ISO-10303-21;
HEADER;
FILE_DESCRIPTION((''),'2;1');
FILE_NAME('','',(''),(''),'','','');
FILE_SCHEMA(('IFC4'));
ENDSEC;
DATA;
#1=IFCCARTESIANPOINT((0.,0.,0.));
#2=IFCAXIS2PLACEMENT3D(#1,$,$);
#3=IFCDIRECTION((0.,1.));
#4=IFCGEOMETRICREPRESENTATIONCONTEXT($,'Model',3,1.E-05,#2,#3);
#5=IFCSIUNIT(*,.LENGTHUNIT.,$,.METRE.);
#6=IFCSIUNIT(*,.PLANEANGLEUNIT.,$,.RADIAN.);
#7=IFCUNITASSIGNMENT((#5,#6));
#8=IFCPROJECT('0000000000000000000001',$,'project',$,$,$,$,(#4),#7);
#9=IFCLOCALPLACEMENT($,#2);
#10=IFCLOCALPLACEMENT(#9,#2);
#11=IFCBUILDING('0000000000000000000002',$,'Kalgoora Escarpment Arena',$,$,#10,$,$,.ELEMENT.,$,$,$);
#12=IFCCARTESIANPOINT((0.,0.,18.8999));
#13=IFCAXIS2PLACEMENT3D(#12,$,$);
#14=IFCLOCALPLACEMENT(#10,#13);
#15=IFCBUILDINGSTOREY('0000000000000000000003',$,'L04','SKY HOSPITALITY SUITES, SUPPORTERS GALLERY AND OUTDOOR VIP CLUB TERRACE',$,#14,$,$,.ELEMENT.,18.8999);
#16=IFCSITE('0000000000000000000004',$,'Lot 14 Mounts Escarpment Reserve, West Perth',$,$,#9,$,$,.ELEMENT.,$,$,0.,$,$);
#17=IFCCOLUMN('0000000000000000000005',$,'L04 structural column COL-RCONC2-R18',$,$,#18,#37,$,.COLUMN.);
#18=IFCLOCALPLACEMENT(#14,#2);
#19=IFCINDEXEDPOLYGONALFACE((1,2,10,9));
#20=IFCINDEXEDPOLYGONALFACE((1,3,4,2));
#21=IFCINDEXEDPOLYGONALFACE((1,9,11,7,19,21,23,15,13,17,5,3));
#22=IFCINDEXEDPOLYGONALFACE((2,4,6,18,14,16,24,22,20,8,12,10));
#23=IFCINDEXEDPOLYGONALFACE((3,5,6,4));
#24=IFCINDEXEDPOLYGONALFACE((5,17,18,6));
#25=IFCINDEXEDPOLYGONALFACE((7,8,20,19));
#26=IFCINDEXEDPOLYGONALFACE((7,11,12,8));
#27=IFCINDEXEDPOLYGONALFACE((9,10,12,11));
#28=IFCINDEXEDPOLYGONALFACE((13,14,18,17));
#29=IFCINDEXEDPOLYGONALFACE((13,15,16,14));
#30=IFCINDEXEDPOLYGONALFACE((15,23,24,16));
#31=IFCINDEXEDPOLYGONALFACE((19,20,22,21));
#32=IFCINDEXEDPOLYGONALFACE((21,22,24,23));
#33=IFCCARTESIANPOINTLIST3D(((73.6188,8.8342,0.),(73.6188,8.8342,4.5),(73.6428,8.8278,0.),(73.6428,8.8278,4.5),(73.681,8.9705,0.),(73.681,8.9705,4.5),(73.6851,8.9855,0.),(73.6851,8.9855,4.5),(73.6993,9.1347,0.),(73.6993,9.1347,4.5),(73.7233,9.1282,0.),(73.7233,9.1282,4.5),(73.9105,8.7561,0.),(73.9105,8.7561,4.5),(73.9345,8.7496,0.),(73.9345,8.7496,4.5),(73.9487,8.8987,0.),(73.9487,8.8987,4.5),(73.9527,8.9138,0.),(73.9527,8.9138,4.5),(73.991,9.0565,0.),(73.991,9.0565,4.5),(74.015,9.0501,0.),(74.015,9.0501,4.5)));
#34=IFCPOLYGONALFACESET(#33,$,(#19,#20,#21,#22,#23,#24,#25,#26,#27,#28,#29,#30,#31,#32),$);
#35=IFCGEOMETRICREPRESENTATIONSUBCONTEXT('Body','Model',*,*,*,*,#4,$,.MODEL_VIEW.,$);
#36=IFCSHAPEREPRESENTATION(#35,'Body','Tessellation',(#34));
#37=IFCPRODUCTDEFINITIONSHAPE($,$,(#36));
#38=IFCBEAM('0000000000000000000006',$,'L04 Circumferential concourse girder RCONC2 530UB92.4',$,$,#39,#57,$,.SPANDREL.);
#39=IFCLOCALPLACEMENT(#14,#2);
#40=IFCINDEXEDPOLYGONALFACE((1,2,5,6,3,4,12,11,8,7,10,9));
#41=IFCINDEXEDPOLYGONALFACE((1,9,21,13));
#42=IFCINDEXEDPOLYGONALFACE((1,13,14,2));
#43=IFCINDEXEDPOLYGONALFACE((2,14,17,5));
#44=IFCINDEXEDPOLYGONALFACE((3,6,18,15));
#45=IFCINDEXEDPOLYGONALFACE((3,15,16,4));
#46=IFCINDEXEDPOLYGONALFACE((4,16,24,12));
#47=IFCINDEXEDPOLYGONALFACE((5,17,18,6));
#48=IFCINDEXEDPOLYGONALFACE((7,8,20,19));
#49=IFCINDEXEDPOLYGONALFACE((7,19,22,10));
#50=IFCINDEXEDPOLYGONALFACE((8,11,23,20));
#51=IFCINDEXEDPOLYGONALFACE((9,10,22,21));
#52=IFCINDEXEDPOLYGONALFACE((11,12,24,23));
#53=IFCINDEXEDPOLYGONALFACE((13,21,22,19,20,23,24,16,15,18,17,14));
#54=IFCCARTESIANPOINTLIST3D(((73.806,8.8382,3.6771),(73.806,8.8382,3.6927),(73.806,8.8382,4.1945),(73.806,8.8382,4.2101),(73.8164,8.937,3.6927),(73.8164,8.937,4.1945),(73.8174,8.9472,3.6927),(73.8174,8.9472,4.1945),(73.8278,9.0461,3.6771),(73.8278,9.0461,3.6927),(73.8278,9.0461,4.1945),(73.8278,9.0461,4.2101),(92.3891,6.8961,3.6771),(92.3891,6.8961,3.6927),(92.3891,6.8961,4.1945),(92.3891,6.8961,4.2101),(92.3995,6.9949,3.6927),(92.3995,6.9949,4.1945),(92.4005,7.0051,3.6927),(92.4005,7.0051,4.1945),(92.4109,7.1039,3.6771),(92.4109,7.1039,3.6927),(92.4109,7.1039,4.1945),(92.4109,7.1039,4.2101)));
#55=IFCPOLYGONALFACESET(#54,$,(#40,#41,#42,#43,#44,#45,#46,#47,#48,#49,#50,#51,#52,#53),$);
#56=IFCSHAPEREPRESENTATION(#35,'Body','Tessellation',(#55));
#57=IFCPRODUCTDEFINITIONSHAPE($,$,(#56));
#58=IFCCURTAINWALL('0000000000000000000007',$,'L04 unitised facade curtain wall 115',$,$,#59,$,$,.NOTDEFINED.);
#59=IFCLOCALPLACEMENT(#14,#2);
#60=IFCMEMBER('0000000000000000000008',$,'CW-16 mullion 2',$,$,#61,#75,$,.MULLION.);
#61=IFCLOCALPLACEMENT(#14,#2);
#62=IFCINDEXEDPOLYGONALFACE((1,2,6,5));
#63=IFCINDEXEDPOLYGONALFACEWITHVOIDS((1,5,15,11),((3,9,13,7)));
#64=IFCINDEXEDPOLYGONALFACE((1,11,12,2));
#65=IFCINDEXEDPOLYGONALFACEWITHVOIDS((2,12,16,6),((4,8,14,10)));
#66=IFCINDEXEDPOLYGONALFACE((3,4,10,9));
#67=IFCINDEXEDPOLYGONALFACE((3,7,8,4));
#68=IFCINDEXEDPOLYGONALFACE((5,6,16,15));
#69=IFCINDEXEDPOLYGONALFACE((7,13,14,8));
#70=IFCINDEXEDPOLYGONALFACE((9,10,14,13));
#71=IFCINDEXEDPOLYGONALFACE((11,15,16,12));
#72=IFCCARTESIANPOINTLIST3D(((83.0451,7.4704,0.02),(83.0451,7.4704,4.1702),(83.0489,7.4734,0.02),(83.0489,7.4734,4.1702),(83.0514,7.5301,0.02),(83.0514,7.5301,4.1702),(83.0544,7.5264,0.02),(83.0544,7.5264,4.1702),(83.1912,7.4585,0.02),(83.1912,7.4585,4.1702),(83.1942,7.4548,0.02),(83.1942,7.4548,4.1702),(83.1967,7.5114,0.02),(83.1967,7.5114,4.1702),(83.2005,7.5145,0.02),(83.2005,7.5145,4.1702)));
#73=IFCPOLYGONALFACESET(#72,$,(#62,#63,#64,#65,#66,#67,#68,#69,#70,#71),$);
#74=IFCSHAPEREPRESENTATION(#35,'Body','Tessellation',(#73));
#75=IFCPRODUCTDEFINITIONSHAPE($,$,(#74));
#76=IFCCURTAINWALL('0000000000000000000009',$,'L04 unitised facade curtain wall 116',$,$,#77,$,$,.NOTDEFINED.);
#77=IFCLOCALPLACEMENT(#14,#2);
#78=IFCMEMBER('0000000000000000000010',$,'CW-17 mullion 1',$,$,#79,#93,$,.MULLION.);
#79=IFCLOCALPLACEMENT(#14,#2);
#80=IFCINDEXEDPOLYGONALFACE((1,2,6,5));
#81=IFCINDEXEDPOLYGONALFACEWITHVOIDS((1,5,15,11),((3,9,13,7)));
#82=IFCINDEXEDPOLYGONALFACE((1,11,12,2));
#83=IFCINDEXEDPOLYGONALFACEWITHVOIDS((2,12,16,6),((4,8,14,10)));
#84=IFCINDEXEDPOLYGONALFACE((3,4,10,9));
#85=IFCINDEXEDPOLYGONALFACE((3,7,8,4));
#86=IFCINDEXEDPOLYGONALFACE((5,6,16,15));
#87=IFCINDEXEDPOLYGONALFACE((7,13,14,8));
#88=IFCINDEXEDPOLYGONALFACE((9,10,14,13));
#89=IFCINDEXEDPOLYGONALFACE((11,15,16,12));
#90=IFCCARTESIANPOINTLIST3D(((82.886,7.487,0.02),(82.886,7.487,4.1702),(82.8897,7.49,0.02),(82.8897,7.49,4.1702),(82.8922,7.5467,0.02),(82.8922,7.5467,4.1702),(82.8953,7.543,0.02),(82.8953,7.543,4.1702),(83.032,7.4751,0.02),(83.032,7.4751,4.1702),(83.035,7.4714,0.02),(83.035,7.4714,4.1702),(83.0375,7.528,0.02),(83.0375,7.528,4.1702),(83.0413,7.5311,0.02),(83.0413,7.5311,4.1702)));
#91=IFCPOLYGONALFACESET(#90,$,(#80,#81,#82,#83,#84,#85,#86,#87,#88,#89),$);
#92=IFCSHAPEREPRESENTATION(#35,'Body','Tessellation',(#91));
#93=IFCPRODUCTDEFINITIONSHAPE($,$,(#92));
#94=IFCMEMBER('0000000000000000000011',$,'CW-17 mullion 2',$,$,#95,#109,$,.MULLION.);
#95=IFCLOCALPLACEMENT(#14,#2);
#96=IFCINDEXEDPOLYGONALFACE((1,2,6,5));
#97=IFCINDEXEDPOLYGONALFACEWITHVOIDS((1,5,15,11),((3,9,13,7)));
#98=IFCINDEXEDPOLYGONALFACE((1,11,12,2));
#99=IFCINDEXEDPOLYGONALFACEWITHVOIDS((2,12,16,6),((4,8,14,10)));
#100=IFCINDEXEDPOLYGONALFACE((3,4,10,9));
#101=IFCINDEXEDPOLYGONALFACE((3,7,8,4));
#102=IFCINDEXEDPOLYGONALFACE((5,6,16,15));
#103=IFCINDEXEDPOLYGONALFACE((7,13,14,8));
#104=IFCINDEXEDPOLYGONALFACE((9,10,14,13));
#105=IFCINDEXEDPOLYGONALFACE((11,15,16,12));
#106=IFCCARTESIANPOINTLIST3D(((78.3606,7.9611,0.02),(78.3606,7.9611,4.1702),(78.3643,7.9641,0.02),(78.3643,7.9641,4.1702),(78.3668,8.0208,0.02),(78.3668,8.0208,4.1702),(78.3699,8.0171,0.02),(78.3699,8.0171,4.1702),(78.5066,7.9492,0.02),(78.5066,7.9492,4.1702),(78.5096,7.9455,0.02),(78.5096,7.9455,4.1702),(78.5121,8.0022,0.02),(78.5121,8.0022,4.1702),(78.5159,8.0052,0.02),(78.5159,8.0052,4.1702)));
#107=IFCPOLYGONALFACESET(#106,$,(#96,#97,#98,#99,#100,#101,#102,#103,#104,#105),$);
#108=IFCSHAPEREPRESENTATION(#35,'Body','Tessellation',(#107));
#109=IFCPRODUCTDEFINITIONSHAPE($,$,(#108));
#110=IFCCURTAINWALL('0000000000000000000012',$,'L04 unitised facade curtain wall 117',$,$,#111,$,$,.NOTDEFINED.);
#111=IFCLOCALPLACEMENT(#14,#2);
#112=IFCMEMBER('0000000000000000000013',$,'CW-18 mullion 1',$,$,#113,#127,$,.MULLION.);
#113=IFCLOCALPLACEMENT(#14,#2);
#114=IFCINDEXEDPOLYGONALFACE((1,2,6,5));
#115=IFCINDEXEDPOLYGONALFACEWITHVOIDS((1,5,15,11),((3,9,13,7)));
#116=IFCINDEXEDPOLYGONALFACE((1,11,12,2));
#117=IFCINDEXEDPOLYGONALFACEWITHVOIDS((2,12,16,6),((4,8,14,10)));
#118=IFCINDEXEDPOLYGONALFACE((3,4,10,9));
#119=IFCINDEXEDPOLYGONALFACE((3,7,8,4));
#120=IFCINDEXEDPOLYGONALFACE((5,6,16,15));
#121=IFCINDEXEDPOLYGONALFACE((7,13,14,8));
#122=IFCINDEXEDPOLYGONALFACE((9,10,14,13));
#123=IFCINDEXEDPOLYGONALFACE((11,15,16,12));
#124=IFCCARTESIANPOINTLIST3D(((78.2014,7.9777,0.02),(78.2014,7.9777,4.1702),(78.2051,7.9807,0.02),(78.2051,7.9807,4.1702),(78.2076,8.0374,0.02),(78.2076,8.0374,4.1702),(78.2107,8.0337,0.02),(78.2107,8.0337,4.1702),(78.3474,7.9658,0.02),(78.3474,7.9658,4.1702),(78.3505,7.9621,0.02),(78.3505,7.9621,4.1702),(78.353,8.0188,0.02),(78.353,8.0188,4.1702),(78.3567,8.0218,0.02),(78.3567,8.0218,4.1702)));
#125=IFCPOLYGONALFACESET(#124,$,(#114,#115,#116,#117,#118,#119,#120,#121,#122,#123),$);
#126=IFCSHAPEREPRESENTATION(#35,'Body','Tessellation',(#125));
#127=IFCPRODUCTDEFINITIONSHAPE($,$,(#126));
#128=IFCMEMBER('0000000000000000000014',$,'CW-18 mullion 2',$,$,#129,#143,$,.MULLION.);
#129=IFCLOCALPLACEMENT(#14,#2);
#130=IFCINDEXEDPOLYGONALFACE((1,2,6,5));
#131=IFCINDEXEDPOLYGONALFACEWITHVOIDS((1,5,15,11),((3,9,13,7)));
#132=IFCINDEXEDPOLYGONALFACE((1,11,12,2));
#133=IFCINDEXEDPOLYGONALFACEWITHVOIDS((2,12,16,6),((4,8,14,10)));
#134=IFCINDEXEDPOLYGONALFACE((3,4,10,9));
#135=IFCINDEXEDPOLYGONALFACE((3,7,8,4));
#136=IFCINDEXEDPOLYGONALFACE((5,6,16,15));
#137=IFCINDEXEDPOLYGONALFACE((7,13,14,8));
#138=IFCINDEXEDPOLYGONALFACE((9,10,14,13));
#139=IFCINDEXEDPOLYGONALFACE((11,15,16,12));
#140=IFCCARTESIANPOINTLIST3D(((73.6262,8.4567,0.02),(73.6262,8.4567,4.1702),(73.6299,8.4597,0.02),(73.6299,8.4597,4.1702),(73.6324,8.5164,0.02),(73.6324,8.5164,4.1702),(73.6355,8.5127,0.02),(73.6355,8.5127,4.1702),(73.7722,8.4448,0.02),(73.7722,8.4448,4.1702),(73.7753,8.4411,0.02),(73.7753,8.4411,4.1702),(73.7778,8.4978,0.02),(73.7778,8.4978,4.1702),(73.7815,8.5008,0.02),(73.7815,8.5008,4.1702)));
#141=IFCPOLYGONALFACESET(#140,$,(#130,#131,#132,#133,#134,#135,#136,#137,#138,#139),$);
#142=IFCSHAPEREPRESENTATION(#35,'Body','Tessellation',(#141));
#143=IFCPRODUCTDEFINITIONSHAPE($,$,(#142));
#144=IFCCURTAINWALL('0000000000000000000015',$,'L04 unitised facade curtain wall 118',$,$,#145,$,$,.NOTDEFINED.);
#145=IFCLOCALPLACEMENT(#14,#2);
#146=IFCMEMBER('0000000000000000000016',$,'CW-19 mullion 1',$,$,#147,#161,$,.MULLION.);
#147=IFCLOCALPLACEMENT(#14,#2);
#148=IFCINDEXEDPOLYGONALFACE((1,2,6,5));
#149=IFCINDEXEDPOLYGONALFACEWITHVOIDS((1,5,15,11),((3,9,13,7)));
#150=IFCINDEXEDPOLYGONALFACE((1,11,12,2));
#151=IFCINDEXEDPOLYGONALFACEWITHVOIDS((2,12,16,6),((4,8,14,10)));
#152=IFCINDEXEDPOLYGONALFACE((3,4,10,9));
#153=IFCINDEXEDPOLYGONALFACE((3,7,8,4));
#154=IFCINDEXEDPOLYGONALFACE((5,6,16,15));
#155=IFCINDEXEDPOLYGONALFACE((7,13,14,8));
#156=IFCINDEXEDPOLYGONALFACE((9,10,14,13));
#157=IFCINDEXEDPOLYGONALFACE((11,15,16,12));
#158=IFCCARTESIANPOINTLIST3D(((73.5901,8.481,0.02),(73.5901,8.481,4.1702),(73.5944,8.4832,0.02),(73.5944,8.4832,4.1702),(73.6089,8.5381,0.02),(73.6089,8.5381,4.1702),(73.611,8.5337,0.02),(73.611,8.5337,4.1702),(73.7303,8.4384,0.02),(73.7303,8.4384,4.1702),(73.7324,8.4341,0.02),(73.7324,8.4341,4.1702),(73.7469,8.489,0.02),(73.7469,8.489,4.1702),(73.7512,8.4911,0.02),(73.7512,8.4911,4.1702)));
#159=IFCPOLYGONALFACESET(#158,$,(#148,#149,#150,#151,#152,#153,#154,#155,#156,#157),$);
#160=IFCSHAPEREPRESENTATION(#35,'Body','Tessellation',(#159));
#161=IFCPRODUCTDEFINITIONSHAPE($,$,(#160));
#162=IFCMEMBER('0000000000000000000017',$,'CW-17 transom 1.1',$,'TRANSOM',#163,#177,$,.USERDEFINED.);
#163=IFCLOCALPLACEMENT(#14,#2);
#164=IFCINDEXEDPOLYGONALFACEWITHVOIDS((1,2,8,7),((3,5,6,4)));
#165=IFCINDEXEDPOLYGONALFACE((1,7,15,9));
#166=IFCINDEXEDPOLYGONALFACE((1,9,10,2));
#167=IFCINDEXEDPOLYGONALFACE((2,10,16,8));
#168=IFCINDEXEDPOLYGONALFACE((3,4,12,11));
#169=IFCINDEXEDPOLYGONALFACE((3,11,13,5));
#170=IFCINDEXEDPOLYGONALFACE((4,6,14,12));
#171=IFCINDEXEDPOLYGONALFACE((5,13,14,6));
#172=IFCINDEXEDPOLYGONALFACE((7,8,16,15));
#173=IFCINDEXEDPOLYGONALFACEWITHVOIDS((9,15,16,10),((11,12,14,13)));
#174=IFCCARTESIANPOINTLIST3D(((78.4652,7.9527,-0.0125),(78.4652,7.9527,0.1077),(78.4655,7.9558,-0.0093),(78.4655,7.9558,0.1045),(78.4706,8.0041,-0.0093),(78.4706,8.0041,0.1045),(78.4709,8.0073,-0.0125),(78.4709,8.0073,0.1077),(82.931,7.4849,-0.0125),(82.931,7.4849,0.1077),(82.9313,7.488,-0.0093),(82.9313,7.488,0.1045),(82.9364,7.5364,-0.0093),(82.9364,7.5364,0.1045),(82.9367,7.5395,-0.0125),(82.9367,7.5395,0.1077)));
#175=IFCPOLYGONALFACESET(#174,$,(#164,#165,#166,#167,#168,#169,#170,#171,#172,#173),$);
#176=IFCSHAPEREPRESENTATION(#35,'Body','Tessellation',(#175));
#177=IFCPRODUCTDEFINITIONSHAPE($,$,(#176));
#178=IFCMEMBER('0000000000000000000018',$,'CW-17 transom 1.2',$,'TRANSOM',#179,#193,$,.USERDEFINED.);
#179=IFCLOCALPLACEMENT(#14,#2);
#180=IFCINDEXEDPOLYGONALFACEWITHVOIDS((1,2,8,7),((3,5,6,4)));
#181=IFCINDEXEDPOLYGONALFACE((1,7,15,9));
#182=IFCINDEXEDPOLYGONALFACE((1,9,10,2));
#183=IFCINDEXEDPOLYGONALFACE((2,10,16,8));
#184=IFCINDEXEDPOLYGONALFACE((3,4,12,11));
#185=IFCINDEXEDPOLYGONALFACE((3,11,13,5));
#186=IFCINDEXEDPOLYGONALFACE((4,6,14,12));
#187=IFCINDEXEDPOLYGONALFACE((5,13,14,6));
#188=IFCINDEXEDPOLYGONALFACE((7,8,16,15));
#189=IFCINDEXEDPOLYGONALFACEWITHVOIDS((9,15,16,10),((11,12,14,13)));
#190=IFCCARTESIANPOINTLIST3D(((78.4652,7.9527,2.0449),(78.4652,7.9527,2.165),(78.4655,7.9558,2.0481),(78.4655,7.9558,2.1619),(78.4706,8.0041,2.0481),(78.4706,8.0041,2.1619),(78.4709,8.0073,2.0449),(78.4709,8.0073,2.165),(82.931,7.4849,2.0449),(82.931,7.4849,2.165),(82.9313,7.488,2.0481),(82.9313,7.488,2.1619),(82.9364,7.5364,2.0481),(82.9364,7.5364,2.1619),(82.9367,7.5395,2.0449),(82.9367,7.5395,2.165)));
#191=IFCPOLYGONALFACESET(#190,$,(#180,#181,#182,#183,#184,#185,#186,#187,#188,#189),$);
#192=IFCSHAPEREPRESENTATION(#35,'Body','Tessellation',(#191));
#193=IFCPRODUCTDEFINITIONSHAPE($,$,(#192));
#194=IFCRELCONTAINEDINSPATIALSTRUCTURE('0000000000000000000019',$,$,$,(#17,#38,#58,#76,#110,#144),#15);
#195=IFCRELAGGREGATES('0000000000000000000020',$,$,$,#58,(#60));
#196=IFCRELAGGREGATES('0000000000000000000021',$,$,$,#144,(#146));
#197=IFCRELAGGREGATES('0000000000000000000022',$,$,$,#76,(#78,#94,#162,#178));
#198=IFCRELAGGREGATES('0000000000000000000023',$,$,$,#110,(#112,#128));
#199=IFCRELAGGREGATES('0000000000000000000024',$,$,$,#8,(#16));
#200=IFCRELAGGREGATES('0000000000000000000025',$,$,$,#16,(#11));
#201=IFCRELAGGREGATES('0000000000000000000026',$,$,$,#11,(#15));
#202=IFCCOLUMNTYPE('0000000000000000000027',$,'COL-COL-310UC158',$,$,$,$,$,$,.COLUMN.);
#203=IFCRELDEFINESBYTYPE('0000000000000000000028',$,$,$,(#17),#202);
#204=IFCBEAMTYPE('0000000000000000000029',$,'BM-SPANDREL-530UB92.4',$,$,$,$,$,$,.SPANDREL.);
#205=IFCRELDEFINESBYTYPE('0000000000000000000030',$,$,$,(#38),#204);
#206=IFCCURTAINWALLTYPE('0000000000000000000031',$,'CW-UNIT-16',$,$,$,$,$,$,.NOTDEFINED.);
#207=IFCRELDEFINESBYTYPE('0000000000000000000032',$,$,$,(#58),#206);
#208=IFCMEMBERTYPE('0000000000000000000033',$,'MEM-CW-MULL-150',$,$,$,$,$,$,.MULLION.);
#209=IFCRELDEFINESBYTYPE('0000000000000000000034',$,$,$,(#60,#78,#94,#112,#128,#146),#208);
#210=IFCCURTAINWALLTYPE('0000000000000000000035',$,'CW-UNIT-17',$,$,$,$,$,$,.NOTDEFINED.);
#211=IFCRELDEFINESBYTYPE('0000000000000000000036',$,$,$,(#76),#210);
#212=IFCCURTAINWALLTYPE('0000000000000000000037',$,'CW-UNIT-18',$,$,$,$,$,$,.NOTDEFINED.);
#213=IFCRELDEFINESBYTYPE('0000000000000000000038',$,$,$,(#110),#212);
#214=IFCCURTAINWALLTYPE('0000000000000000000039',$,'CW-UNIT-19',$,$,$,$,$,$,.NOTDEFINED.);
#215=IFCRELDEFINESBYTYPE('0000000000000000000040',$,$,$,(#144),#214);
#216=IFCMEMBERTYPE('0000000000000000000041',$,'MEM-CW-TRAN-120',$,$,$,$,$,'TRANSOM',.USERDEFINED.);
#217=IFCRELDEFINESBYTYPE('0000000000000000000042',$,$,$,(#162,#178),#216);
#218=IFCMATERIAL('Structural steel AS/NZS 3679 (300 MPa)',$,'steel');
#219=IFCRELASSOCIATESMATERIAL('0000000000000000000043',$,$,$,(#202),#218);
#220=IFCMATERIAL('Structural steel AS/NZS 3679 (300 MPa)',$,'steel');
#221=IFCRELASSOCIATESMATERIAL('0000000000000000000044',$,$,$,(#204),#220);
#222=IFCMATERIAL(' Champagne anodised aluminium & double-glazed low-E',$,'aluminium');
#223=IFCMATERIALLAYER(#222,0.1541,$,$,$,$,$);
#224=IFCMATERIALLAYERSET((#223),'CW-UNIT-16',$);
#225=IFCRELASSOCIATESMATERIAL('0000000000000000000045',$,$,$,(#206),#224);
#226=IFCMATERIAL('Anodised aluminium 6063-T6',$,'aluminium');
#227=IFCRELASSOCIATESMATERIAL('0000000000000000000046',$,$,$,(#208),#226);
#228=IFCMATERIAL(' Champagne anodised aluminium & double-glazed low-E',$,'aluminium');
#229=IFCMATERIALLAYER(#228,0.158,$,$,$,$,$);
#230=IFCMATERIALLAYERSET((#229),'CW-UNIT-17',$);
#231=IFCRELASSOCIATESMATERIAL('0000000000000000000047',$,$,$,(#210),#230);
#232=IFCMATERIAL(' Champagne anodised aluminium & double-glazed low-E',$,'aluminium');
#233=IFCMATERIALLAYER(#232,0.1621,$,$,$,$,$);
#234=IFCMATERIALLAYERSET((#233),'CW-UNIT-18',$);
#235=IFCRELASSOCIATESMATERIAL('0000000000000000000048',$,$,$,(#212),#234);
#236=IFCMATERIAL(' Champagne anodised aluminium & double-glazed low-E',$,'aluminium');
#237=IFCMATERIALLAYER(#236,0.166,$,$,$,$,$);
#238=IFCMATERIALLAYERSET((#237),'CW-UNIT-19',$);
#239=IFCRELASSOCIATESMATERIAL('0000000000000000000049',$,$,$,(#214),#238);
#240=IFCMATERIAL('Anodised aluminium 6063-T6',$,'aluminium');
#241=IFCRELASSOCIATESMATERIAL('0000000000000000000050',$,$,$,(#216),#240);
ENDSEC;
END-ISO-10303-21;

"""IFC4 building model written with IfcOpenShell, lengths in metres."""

from ifc_helpers import new_model, si_unit, direction, frame, origin, origin_2d, place, context, subcontext, project, spatial, hollow_rectangle, i_section, extrude, material, layer, layer_set, material_profile, profile_set, type_object, element, aggregate, save


model = new_model("IFC4")

# Units and contexts
model_context = context("Model", 3, precision=1e-05, world=origin(), true_north=direction((0.0, 1.0)))
body_context = subcontext(model_context, "Body", "Model", "MODEL_VIEW")
ifc_project = project(units=[si_unit("LENGTHUNIT", "METRE"), si_unit("PLANEANGLEUNIT", "RADIAN")], contexts=[model_context])

# Site, building, storey
site_placement = place(None, origin())
site = spatial("IfcSite", under=ifc_project, at=site_placement, Name="Lot 14 Mounts Escarpment Reserve, West Perth", CompositionType="ELEMENT", RefElevation=0.0)
building_placement = place(site_placement, origin())
building = spatial("IfcBuilding", under=site, at=building_placement, Name="Kalgoora Escarpment Arena", CompositionType="ELEMENT")
storey_placement = place(building_placement, frame((0.0, 0.0, 18.8999)))
storey = spatial("IfcBuildingStorey", under=building, at=storey_placement, Name="L04", Description="SKY HOSPITALITY SUITES, SUPPORTERS GALLERY AND OUTDOOR VIP CLUB TERRACE", CompositionType="ELEMENT", Elevation=18.8999)

# Column
ifc_material_1 = material(Name="Structural steel AS/NZS 3679 (300 MPa)", Category="steel")
ifc_material_profile_1 = material_profile(ifc_material_1, i_section(OverallWidth=0.311, OverallDepth=0.3269, WebThickness=0.0156, FlangeThickness=0.0249, at=origin_2d()))
ifc_profile_set_1 = profile_set([ifc_material_profile_1], Name="Structural steel AS/NZS 3679 (300 MPa)")
column_type = type_object("IfcColumnType", Name="COL-COL-310UC158", PredefinedType="COLUMN", material=ifc_profile_set_1)
column_placement = place(storey_placement, frame((73.8169, 8.9421, 0.0), z_axis=(0.0, 0.0, 1.0), x_axis=(-0.258819, -0.965926, 0.0)))
element("IfcColumn", 1, at=column_placement, inside=storey, type_object=column_type, Name="L04 structural column COL-RCONC2-R18", PredefinedType="COLUMN", context=body_context, shape_type="SweptSolid", body=[
    extrude(i_section(OverallWidth=0.311, OverallDepth=0.3269, WebThickness=0.0156, FlangeThickness=0.0249, at=origin_2d()), origin(), (0.0, 0.0, 1.0), 4.5),
])

# Beam
ifc_material_2 = material(Name="Structural steel AS/NZS 3679 (300 MPa)", Category="steel")
ifc_material_profile_2 = material_profile(ifc_material_2, i_section(OverallWidth=0.209, OverallDepth=0.533, WebThickness=0.0103, FlangeThickness=0.0156, at=origin_2d()))
ifc_profile_set_2 = profile_set([ifc_material_profile_2], Name="Structural steel AS/NZS 3679 (300 MPa)")
beam_type = type_object("IfcBeamType", Name="BM-SPANDREL-530UB92.4", PredefinedType="SPANDREL", material=ifc_profile_set_2)
beam_placement = place(storey_placement, frame((73.8169, 8.9421, 3.9436), z_axis=(0.994583, -0.103945, 0.0), x_axis=(0.103945, 0.994583, 0.0)))
element("IfcBeam", 2, at=beam_placement, inside=storey, type_object=beam_type, Name="L04 Circumferential concourse girder RCONC2 530UB92.4", PredefinedType="SPANDREL", context=body_context, shape_type="SweptSolid", body=[
    extrude(i_section(OverallWidth=0.209, OverallDepth=0.533, WebThickness=0.0103, FlangeThickness=0.0156, at=origin_2d()), origin(), (0.0, 0.0, 1.0), 18.6843),
])

# Curtain wall, member
ifc_material_3 = material(Name=" Champagne anodised aluminium & double-glazed low-E", Category="aluminium")
ifc_layer_1 = layer(ifc_material_3, 0.1541)
ifc_layer_set_1 = layer_set([ifc_layer_1], Name="CW-UNIT-16")
curtain_wall_type_1 = type_object("IfcCurtainWallType", Name="CW-UNIT-16", PredefinedType="NOTDEFINED", material=ifc_layer_set_1)
curtain_wall_1_placement = place(storey_placement, origin())
curtain_wall_1 = element("IfcCurtainWall", 3, at=curtain_wall_1_placement, inside=storey, type_object=curtain_wall_type_1, Name="L04 unitised facade curtain wall 115", PredefinedType="NOTDEFINED")
ifc_material_4 = material(Name="Anodised aluminium 6063-T6", Category="aluminium")
ifc_material_profile_3 = material_profile(ifc_material_4, hollow_rectangle(XDim=0.0601, YDim=0.1499, WallThickness=0.0034, at=origin_2d()))
ifc_profile_set_3 = profile_set([ifc_material_profile_3], Name="Anodised aluminium 6063-T6")
member_type_1 = type_object("IfcMemberType", Name="MEM-CW-MULL-150", PredefinedType="MULLION", material=ifc_profile_set_3)
member_1_placement = place(storey_placement, frame((83.1228, 7.4924, 0.02), z_axis=(0.0, 0.0, 1.0), x_axis=(-0.104182, -0.994558, 0.0)))
member_1 = element("IfcMember", 4, at=member_1_placement, type_object=member_type_1, Name="CW-16 mullion 2", PredefinedType="MULLION", context=body_context, shape_type="SweptSolid", body=[
    extrude(hollow_rectangle(XDim=0.0601, YDim=0.1499, WallThickness=0.0034, at=origin_2d()), origin(), (0.0, 0.0, 1.0), 4.1501),
])
aggregate(curtain_wall_1, [member_1])

# Curtain walls, members
ifc_material_5 = material(Name=" Champagne anodised aluminium & double-glazed low-E", Category="aluminium")
ifc_layer_2 = layer(ifc_material_5, 0.158)
ifc_layer_set_2 = layer_set([ifc_layer_2], Name="CW-UNIT-17")
curtain_wall_type_2 = type_object("IfcCurtainWallType", Name="CW-UNIT-17", PredefinedType="NOTDEFINED", material=ifc_layer_set_2)
curtain_wall_2_placement = place(storey_placement, origin())
curtain_wall_2 = element("IfcCurtainWall", 5, at=curtain_wall_2_placement, inside=storey, type_object=curtain_wall_type_2, Name="L04 unitised facade curtain wall 116", PredefinedType="NOTDEFINED")
member_2_placement = place(storey_placement, frame((82.9636, 7.509, 0.02), z_axis=(0.0, 0.0, 1.0), x_axis=(-0.104182, -0.994558, 0.0)))
member_2 = element("IfcMember", 6, at=member_2_placement, type_object=member_type_1, Name="CW-17 mullion 1", PredefinedType="MULLION", context=body_context, shape_type="SweptSolid", body=[
    extrude(hollow_rectangle(XDim=0.0601, YDim=0.1499, WallThickness=0.0034, at=origin_2d()), origin(), (0.0, 0.0, 1.0), 4.1501),
])
member_3_placement = place(storey_placement, frame((78.4382, 7.9832, 0.02), z_axis=(0.0, 0.0, 1.0), x_axis=(-0.104182, -0.994558, 0.0)))
member_3 = element("IfcMember", 7, at=member_3_placement, type_object=member_type_1, Name="CW-17 mullion 2", PredefinedType="MULLION", context=body_context, shape_type="SweptSolid", body=[
    extrude(hollow_rectangle(XDim=0.0601, YDim=0.1499, WallThickness=0.0034, at=origin_2d()), origin(), (0.0, 0.0, 1.0), 4.1501),
])
ifc_material_6 = material(Name=" Champagne anodised aluminium & double-glazed low-E", Category="aluminium")
ifc_layer_3 = layer(ifc_material_6, 0.1621)
ifc_layer_set_3 = layer_set([ifc_layer_3], Name="CW-UNIT-18")
curtain_wall_type_3 = type_object("IfcCurtainWallType", Name="CW-UNIT-18", PredefinedType="NOTDEFINED", material=ifc_layer_set_3)
curtain_wall_3_placement = place(storey_placement, origin())
curtain_wall_3 = element("IfcCurtainWall", 8, at=curtain_wall_3_placement, inside=storey, type_object=curtain_wall_type_3, Name="L04 unitised facade curtain wall 117", PredefinedType="NOTDEFINED")
member_4_placement = place(storey_placement, frame((78.2791, 7.9998, 0.02), z_axis=(0.0, 0.0, 1.0), x_axis=(-0.104158, -0.994561, 0.0)))
member_4 = element("IfcMember", 9, at=member_4_placement, type_object=member_type_1, Name="CW-18 mullion 1", PredefinedType="MULLION", context=body_context, shape_type="SweptSolid", body=[
    extrude(hollow_rectangle(XDim=0.0601, YDim=0.1499, WallThickness=0.0034, at=origin_2d()), origin(), (0.0, 0.0, 1.0), 4.1501),
])
member_5_placement = place(storey_placement, frame((73.7039, 8.4788, 0.02), z_axis=(0.0, 0.0, 1.0), x_axis=(-0.104158, -0.994561, 0.0)))
member_5 = element("IfcMember", 10, at=member_5_placement, type_object=member_type_1, Name="CW-18 mullion 2", PredefinedType="MULLION", context=body_context, shape_type="SweptSolid", body=[
    extrude(hollow_rectangle(XDim=0.0601, YDim=0.1499, WallThickness=0.0034, at=origin_2d()), origin(), (0.0, 0.0, 1.0), 4.1501),
])

# Curtain wall, member
ifc_material_7 = material(Name=" Champagne anodised aluminium & double-glazed low-E", Category="aluminium")
ifc_layer_4 = layer(ifc_material_7, 0.166)
ifc_layer_set_4 = layer_set([ifc_layer_4], Name="CW-UNIT-19")
curtain_wall_type_4 = type_object("IfcCurtainWallType", Name="CW-UNIT-19", PredefinedType="NOTDEFINED", material=ifc_layer_set_4)
curtain_wall_4_placement = place(storey_placement, origin())
curtain_wall_4 = element("IfcCurtainWall", 11, at=curtain_wall_4_placement, inside=storey, type_object=curtain_wall_type_4, Name="L04 unitised facade curtain wall 118", PredefinedType="NOTDEFINED")
member_6_placement = place(storey_placement, frame((73.6707, 8.4861, 0.02), z_axis=(0.0, 0.0, 1.0), x_axis=(-0.312979, -0.94976, 0.0)))
member_6 = element("IfcMember", 12, at=member_6_placement, type_object=member_type_1, Name="CW-19 mullion 1", PredefinedType="MULLION", context=body_context, shape_type="SweptSolid", body=[
    extrude(hollow_rectangle(XDim=0.0601, YDim=0.1499, WallThickness=0.0034, at=origin_2d()), origin(), (0.0, 0.0, 1.0), 4.1501),
])

# Members
ifc_material_8 = material(Name="Anodised aluminium 6063-T6", Category="aluminium")
ifc_material_profile_4 = material_profile(ifc_material_8, hollow_rectangle(XDim=0.0549, YDim=0.1201, WallThickness=0.0032, at=origin_2d()))
ifc_profile_set_4 = profile_set([ifc_material_profile_4], Name="Anodised aluminium 6063-T6")
member_type_2 = type_object("IfcMemberType", Name="MEM-CW-TRAN-120", ElementType="TRANSOM", PredefinedType="USERDEFINED", material=ifc_profile_set_4)
member_7_placement = place(storey_placement, frame((82.9338, 7.5122, 0.0476), z_axis=(-0.994559, 0.104175, 0.0), x_axis=(-0.104175, -0.994559, 0.0)))
member_7 = element("IfcMember", 13, at=member_7_placement, type_object=member_type_2, Name="CW-17 transom 1.1", ObjectType="TRANSOM", PredefinedType="USERDEFINED", context=body_context, shape_type="SweptSolid", body=[
    extrude(hollow_rectangle(XDim=0.0549, YDim=0.1201, WallThickness=0.0032, at=origin_2d()), origin(), (0.0, 0.0, 1.0), 4.4902),
])
member_8_placement = place(storey_placement, frame((82.9338, 7.5122, 2.105), z_axis=(-0.994559, 0.104175, 0.0), x_axis=(-0.104175, -0.994559, 0.0)))
member_8 = element("IfcMember", 14, at=member_8_placement, type_object=member_type_2, Name="CW-17 transom 1.2", ObjectType="TRANSOM", PredefinedType="USERDEFINED", context=body_context, shape_type="SweptSolid", body=[
    extrude(hollow_rectangle(XDim=0.0549, YDim=0.1201, WallThickness=0.0032, at=origin_2d()), origin(), (0.0, 0.0, 1.0), 4.4902),
])
aggregate(curtain_wall_4, [member_6])

aggregate(curtain_wall_2, [member_2, member_3, member_7, member_8])
aggregate(curtain_wall_3, [member_4, member_5])

save(model, "model.ifc")
